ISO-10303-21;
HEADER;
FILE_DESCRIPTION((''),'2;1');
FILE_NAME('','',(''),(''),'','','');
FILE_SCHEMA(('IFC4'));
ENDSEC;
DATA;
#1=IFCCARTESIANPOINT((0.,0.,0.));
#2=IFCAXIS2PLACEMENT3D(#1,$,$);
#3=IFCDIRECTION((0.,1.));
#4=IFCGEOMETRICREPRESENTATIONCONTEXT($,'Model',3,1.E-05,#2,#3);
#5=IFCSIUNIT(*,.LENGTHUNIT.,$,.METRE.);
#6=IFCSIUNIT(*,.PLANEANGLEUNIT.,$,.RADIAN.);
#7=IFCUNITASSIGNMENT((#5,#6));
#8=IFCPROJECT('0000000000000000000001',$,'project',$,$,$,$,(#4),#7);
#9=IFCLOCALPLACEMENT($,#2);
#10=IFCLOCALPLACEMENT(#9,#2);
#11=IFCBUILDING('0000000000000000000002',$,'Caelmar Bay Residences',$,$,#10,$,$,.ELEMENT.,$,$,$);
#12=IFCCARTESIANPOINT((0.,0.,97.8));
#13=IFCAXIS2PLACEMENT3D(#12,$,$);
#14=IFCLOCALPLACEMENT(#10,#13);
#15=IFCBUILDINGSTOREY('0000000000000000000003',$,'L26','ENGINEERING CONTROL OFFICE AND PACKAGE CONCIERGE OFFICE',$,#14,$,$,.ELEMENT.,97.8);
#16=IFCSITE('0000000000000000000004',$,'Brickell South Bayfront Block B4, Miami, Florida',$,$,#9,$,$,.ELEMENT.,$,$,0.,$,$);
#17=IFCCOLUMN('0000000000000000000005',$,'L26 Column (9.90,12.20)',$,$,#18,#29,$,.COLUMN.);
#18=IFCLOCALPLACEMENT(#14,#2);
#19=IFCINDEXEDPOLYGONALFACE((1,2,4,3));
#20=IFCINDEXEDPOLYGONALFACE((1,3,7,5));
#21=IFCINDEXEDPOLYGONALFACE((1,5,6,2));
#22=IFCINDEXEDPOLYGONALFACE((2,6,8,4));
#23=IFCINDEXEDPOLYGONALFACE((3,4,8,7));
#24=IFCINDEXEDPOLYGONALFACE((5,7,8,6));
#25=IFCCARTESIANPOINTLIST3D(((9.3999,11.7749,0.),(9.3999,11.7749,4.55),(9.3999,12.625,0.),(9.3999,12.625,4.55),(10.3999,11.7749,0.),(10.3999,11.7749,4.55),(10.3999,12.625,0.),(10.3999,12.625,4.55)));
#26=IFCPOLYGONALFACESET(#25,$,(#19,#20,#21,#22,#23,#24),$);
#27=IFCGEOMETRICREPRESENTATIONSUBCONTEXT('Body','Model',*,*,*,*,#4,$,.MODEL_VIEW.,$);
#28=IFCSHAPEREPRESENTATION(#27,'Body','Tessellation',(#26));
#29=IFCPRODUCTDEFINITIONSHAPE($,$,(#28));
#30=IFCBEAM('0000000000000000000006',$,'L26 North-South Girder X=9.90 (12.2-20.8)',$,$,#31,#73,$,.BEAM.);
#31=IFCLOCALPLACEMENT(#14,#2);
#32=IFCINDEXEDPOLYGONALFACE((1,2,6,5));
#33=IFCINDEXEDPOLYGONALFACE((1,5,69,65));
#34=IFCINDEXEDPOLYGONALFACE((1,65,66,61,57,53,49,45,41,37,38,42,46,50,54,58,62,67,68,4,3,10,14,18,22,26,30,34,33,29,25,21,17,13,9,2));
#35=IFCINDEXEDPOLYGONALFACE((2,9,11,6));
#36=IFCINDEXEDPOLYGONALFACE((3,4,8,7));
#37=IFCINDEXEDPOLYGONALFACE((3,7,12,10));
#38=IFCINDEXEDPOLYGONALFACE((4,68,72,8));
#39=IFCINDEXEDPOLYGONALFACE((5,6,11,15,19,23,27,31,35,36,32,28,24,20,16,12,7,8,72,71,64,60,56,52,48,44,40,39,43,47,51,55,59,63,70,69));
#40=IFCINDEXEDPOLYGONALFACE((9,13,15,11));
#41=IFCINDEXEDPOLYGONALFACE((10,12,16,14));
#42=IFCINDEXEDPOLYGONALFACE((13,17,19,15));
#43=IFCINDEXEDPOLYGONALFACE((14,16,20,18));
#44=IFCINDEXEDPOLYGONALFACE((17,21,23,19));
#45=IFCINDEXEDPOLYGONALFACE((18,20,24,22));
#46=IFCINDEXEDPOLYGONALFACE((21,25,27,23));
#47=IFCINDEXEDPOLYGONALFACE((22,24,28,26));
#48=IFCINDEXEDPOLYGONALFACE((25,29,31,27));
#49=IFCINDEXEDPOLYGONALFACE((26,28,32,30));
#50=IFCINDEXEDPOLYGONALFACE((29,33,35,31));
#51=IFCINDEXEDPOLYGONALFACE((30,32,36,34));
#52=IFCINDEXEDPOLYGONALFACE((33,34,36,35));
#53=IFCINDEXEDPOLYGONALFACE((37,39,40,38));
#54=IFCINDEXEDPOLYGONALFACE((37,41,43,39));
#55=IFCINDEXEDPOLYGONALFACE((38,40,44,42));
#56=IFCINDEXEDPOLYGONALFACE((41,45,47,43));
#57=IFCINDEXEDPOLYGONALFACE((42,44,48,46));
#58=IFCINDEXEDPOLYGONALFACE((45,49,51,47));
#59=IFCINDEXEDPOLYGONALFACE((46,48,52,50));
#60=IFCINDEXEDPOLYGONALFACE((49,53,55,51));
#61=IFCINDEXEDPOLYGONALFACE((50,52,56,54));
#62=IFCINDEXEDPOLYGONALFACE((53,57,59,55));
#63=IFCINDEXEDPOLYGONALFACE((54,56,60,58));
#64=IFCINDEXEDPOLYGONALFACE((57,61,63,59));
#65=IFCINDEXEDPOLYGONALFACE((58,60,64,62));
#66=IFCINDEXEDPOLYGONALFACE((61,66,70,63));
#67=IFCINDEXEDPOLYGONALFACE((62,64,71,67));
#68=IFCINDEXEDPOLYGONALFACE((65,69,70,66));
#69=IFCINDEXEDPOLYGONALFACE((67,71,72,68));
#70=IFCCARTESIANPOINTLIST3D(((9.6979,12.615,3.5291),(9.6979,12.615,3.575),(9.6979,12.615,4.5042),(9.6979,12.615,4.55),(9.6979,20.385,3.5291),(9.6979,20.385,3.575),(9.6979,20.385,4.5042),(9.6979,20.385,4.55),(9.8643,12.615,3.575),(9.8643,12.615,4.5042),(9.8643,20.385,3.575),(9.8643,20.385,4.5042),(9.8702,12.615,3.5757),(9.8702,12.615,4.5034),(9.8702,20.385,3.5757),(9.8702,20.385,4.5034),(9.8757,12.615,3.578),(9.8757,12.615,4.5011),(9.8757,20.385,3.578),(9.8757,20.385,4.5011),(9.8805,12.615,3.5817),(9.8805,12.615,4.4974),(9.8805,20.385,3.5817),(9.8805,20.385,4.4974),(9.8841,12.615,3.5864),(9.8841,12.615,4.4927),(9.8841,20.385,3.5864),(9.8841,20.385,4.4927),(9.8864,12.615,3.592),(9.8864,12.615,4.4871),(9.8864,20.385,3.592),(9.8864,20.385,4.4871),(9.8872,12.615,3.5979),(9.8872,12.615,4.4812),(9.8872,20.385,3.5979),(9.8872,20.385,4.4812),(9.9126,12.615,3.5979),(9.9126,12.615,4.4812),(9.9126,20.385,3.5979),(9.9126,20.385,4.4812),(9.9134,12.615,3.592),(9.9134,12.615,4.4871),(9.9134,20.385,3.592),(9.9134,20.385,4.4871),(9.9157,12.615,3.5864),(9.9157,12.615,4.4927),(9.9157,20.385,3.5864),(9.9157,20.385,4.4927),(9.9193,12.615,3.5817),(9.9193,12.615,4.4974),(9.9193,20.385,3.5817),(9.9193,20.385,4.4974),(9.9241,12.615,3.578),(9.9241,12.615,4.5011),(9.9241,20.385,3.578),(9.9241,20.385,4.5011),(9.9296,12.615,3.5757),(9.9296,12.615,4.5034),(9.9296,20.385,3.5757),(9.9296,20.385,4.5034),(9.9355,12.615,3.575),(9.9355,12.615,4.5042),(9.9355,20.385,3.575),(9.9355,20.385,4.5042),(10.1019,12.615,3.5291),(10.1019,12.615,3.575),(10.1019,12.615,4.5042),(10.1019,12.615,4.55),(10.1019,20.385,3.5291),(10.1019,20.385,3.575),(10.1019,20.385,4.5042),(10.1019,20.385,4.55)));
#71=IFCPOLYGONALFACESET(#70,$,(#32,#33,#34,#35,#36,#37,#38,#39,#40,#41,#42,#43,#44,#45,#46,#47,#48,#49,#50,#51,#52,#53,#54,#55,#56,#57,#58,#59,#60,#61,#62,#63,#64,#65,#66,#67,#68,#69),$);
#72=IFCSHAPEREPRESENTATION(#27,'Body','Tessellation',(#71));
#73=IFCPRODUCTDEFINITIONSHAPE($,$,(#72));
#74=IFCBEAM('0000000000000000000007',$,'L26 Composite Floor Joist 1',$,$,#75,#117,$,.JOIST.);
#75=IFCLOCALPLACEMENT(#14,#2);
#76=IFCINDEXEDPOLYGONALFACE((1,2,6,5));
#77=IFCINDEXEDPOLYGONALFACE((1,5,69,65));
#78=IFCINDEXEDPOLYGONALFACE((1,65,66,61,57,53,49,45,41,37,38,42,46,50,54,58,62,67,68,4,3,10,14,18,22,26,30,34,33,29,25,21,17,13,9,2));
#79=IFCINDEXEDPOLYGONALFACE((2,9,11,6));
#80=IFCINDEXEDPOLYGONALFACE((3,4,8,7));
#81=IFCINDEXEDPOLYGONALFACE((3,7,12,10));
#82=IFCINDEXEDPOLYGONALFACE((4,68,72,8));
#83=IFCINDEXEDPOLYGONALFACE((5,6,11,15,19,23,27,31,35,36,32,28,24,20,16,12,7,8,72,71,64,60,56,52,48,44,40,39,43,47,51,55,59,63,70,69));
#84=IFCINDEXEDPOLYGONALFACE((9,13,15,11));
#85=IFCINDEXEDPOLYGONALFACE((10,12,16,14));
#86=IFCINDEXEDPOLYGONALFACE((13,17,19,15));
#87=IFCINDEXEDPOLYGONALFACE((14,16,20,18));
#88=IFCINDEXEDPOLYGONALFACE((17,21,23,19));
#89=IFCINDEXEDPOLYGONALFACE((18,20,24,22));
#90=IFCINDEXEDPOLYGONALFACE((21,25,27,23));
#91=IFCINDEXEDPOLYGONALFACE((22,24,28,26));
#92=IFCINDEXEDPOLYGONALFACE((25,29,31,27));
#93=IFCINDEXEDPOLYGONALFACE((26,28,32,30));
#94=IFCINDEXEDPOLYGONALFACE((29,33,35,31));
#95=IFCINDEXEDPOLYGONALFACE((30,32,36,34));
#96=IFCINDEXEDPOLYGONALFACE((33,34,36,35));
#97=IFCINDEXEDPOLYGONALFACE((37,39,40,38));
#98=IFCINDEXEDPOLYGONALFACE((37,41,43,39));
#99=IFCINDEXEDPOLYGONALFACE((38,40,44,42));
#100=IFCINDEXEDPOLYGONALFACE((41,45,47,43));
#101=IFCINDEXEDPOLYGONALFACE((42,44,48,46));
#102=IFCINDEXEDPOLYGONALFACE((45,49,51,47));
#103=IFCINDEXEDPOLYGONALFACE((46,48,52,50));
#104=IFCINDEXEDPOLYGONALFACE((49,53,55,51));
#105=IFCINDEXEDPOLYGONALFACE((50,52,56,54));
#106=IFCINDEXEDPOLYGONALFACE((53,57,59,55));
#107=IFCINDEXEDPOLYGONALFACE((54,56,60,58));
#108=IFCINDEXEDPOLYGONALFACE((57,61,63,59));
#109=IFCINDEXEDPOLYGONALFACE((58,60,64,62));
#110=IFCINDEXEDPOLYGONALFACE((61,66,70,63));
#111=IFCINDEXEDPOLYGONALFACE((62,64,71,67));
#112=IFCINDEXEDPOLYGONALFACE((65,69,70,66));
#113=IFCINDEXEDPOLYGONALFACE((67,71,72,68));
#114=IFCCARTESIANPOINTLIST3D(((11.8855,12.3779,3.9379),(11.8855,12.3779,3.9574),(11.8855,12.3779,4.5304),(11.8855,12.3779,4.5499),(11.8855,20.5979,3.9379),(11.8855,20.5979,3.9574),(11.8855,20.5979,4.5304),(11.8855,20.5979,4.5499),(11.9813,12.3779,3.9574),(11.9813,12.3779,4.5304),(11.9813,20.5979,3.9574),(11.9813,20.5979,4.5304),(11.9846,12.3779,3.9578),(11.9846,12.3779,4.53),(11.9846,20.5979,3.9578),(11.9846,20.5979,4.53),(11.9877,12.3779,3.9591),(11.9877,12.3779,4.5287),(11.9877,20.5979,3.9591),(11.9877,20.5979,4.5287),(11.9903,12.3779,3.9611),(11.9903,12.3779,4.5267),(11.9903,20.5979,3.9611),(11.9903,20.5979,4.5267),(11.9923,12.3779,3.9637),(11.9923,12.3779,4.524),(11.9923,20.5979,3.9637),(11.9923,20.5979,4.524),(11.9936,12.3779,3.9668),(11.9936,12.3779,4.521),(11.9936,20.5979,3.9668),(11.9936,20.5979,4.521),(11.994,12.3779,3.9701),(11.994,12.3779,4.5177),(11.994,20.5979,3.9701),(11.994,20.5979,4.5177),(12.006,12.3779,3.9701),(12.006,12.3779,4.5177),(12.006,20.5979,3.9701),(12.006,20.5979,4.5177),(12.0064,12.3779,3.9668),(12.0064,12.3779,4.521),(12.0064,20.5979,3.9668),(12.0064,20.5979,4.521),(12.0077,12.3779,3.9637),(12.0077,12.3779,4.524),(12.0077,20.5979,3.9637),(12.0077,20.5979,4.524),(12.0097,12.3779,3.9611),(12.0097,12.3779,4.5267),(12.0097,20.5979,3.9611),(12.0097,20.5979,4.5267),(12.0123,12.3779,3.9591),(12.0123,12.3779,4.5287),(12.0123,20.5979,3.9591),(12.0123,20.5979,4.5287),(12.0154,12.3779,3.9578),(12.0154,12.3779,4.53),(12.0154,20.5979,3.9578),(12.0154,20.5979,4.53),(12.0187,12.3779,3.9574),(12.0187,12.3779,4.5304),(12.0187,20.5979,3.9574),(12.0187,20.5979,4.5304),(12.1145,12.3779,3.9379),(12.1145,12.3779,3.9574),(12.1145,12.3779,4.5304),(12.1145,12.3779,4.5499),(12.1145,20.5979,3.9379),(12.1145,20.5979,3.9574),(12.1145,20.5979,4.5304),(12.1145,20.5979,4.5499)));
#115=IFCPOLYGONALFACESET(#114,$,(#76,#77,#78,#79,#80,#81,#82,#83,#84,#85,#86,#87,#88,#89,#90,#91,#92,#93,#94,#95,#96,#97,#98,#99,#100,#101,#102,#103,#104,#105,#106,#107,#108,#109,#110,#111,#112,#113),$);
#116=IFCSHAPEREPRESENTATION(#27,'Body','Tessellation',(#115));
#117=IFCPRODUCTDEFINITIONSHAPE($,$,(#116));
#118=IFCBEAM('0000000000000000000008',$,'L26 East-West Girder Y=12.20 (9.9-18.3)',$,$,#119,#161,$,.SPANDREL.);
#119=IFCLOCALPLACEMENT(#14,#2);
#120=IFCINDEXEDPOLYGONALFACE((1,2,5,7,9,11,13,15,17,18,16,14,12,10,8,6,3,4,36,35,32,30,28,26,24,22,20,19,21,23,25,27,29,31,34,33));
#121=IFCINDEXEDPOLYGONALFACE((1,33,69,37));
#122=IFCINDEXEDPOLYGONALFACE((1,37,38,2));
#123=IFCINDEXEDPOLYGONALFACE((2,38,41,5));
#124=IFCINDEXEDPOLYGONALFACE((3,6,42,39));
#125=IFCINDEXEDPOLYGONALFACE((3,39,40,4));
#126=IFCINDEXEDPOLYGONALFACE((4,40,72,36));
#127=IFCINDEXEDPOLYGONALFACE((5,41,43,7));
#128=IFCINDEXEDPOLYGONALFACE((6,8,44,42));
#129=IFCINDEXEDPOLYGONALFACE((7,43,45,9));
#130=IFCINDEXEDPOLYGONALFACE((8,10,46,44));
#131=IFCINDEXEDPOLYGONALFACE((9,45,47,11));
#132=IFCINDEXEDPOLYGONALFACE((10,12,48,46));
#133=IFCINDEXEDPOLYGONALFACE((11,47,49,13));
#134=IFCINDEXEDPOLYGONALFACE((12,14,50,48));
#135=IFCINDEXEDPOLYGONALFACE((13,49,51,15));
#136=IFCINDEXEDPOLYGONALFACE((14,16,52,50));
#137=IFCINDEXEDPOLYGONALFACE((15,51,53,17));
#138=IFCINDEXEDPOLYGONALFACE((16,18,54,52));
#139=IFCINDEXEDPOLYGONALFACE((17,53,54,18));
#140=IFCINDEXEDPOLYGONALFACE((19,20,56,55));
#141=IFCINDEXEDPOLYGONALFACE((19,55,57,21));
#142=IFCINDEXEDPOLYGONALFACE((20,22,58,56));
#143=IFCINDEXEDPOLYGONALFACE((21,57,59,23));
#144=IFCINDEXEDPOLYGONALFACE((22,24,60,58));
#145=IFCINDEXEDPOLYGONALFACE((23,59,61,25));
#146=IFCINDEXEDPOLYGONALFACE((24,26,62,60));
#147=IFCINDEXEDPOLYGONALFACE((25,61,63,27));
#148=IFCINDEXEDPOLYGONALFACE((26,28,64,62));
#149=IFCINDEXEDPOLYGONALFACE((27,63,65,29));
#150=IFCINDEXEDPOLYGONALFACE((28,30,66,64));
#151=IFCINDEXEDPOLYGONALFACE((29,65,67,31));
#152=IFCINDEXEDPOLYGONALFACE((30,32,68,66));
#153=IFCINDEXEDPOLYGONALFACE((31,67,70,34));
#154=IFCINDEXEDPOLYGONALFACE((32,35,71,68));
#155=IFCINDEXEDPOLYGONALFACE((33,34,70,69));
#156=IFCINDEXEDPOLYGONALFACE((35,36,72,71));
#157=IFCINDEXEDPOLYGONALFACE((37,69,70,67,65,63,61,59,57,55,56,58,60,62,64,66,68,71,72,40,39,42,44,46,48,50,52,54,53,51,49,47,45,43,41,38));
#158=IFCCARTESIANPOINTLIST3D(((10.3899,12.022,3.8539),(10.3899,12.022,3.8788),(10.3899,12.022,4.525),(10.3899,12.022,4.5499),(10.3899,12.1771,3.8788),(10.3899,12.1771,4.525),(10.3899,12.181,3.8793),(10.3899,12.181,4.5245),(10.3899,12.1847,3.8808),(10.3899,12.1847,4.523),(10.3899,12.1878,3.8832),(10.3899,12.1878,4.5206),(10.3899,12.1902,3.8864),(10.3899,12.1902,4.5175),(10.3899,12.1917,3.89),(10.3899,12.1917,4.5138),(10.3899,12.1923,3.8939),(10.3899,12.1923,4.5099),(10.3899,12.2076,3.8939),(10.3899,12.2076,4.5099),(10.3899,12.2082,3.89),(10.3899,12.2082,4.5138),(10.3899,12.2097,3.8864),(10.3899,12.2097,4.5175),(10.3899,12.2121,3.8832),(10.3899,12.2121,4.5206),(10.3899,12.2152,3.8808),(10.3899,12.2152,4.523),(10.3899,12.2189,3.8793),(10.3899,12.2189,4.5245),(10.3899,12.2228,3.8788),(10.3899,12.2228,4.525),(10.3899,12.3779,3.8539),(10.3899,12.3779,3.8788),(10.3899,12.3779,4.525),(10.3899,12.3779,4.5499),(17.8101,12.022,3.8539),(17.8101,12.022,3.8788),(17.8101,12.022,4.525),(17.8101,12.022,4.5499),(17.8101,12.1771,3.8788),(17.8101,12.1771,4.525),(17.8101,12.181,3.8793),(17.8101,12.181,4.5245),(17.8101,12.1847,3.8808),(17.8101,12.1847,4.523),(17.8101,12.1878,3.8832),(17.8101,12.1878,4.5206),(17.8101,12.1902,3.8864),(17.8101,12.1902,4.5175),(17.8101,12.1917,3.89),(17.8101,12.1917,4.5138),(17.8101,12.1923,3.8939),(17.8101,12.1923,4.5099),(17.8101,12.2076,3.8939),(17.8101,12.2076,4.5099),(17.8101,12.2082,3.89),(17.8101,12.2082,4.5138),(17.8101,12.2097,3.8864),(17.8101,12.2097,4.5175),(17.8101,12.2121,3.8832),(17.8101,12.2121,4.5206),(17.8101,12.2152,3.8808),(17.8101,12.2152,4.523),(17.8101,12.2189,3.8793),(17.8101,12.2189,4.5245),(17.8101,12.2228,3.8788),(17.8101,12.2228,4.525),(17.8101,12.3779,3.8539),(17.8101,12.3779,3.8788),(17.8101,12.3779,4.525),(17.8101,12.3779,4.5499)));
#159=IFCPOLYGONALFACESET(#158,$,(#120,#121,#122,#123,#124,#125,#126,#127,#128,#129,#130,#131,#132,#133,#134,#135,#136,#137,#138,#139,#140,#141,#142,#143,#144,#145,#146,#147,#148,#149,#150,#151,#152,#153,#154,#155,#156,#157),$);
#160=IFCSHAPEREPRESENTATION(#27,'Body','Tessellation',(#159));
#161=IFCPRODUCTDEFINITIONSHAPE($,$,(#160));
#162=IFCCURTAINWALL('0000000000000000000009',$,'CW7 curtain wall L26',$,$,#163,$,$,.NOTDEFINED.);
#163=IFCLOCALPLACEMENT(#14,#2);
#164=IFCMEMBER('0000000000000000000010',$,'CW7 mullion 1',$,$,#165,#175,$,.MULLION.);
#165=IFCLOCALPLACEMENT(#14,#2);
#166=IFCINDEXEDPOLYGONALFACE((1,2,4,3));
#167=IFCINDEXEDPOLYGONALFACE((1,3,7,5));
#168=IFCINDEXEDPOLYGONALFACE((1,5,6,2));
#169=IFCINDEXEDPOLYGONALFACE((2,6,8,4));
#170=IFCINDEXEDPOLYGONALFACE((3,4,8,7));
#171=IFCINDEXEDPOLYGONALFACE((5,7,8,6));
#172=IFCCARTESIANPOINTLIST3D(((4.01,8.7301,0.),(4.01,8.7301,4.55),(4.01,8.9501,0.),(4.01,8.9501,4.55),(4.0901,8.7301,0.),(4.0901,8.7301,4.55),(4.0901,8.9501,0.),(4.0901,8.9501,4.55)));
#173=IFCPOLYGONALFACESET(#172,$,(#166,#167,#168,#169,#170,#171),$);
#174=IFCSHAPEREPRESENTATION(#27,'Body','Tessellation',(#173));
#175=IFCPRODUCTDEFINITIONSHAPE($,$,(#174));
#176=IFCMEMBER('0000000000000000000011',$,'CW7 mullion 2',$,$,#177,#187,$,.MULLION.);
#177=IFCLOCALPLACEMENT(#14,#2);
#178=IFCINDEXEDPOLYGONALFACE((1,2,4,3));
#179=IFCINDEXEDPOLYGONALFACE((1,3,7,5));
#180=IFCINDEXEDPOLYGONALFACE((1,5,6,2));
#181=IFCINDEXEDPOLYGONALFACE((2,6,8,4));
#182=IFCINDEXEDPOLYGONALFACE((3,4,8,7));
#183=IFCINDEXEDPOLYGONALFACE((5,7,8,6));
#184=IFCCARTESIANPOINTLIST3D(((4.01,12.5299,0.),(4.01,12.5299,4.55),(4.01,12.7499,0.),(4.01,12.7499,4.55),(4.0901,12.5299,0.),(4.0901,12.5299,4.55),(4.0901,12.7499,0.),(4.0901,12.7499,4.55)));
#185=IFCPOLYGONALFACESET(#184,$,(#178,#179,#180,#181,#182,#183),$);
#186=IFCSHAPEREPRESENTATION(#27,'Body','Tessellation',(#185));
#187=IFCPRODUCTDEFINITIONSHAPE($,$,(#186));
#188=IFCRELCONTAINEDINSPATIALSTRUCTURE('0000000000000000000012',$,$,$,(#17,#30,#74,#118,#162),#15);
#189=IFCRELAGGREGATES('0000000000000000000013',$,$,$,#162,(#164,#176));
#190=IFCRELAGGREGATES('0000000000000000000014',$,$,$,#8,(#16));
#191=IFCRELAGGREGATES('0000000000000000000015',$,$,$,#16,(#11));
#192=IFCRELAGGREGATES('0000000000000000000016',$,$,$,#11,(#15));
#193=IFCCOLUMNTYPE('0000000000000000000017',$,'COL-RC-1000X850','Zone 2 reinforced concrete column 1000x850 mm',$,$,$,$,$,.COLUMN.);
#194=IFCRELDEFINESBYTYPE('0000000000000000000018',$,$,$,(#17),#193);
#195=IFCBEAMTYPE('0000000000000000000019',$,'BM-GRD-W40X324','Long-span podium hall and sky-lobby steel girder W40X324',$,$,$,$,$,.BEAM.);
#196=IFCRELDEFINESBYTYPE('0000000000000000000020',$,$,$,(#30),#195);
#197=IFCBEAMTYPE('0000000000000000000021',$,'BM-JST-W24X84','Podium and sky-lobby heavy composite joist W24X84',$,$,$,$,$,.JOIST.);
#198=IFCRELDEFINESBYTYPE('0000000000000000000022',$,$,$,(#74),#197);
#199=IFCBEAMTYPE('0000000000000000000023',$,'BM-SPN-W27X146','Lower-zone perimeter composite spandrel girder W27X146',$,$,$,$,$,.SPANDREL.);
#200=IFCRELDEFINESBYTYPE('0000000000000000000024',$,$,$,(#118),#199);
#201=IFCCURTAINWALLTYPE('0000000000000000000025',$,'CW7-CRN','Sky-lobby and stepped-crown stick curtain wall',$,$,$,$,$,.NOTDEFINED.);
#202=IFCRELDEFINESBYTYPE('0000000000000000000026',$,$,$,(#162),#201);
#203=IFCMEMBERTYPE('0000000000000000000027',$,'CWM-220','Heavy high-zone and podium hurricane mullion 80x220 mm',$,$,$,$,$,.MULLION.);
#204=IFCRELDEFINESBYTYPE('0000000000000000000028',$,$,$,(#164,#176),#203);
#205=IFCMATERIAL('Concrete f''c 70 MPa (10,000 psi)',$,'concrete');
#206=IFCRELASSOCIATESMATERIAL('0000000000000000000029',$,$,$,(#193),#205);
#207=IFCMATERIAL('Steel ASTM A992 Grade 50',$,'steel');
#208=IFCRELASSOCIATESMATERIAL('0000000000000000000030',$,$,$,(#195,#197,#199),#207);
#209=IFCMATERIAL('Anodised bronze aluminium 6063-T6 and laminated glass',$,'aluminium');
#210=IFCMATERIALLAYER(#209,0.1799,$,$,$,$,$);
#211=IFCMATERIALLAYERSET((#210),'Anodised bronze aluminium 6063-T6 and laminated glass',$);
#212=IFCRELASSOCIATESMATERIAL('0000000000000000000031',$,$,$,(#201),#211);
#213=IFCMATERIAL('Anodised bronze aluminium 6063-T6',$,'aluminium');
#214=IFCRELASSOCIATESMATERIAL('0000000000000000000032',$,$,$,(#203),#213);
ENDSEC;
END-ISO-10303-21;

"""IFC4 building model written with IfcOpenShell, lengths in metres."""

from ifc_helpers import new_model, si_unit, direction, frame, origin, origin_2d, place, context, subcontext, project, spatial, rectangle, i_section, extrude, material, layer, layer_set, material_profile, profile_set, type_object, element, aggregate, save


model = new_model("IFC4")

# Units and contexts
model_context = context("Model", 3, precision=1e-05, world=origin(), true_north=direction((0.0, 1.0)))
body_context = subcontext(model_context, "Body", "Model", "MODEL_VIEW")
ifc_project = project(units=[si_unit("LENGTHUNIT", "METRE"), si_unit("PLANEANGLEUNIT", "RADIAN")], contexts=[model_context])

# Site, building, storey
site_placement = place(None, origin())
site = spatial("IfcSite", under=ifc_project, at=site_placement, Name="Brickell South Bayfront Block B4, Miami, Florida", CompositionType="ELEMENT", RefElevation=0.0)
building_placement = place(site_placement, origin())
building = spatial("IfcBuilding", under=site, at=building_placement, Name="Caelmar Bay Residences", CompositionType="ELEMENT")
storey_placement = place(building_placement, frame((0.0, 0.0, 97.8)))
storey = spatial("IfcBuildingStorey", under=building, at=storey_placement, Name="L26", Description="ENGINEERING CONTROL OFFICE AND PACKAGE CONCIERGE OFFICE", CompositionType="ELEMENT", Elevation=97.8)

# Column
ifc_material_1 = material(Name="Concrete f'c 70 MPa (10,000 psi)", Category="concrete")
ifc_material_profile_1 = material_profile(ifc_material_1, rectangle(XDim=1.0, YDim=0.8501, at=origin_2d()), Name="RC-COL-1000X850")
ifc_profile_set_1 = profile_set([ifc_material_profile_1], Name="Concrete f'c 70 MPa (10,000 psi)")
column_type = type_object("IfcColumnType", Name="COL-RC-1000X850", Description="Zone 2 reinforced concrete column 1000x850 mm", PredefinedType="COLUMN", material=ifc_profile_set_1)
column_placement = place(storey_placement, frame((9.8999, 12.2, 0.0), z_axis=(0.0, 0.0, 1.0), x_axis=(1.0, 0.0, 0.0)))
element("IfcColumn", 1, at=column_placement, inside=storey, type_object=column_type, Name="L26 Column (9.90,12.20)", PredefinedType="COLUMN", context=body_context, shape_type="SweptSolid", body=[
    extrude(rectangle(XDim=1.0, YDim=0.8501, at=origin_2d()), origin(), (0.0, 0.0, 1.0), 4.55),
])

# Beams
ifc_material_2 = material(Name="Steel ASTM A992 Grade 50", Category="steel")
ifc_material_profile_2 = material_profile(ifc_material_2, i_section(OverallWidth=0.4041, OverallDepth=1.021, WebThickness=0.0254, FlangeThickness=0.0459, FilletRadius=0.0229, at=origin_2d()), Name="W40X324")
ifc_profile_set_2 = profile_set([ifc_material_profile_2], Name="Steel ASTM A992 Grade 50")
beam_type_1 = type_object("IfcBeamType", Name="BM-GRD-W40X324", Description="Long-span podium hall and sky-lobby steel girder W40X324", PredefinedType="BEAM", material=ifc_profile_set_2)
beam_1_placement = place(storey_placement, frame((9.8999, 12.615, 4.0396), z_axis=(0.0, 1.0, 0.0), x_axis=(-1.0, 0.0, 0.0)))
element("IfcBeam", 2, at=beam_1_placement, inside=storey, type_object=beam_type_1, Name="L26 North-South Girder X=9.90 (12.2-20.8)", PredefinedType="BEAM", context=body_context, shape_type="SweptSolid", body=[
    extrude(i_section(OverallWidth=0.4041, OverallDepth=1.021, WebThickness=0.0254, FlangeThickness=0.0459, FilletRadius=0.0229, at=origin_2d()), origin(), (0.0, 0.0, 1.0), 7.77),
])
ifc_material_profile_3 = material_profile(ifc_material_2, i_section(OverallWidth=0.229, OverallDepth=0.6121, WebThickness=0.012, FlangeThickness=0.0195, FilletRadius=0.0127, at=origin_2d()), Name="W24X84")
ifc_profile_set_3 = profile_set([ifc_material_profile_3], Name="Steel ASTM A992 Grade 50")
beam_type_2 = type_object("IfcBeamType", Name="BM-JST-W24X84", Description="Podium and sky-lobby heavy composite joist W24X84", PredefinedType="JOIST", material=ifc_profile_set_3)
beam_2_placement = place(storey_placement, frame((12.0, 12.3779, 4.2439), z_axis=(0.0, 1.0, 0.0), x_axis=(-1.0, 0.0, 0.0)))
element("IfcBeam", 3, at=beam_2_placement, inside=storey, type_object=beam_type_2, Name="L26 Composite Floor Joist 1", PredefinedType="JOIST", context=body_context, shape_type="SweptSolid", body=[
    extrude(i_section(OverallWidth=0.229, OverallDepth=0.6121, WebThickness=0.012, FlangeThickness=0.0195, FilletRadius=0.0127, at=origin_2d()), origin(), (0.0, 0.0, 1.0), 8.22),
])
ifc_material_profile_4 = material_profile(ifc_material_2, i_section(OverallWidth=0.356, OverallDepth=0.696, WebThickness=0.0154, FlangeThickness=0.0249, FilletRadius=0.0151, at=origin_2d()), Name="W27X146")
ifc_profile_set_4 = profile_set([ifc_material_profile_4], Name="Steel ASTM A992 Grade 50")
beam_type_3 = type_object("IfcBeamType", Name="BM-SPN-W27X146", Description="Lower-zone perimeter composite spandrel girder W27X146", PredefinedType="SPANDREL", material=ifc_profile_set_4)
beam_3_placement = place(storey_placement, frame((10.3899, 12.2, 4.2019), z_axis=(1.0, 0.0, 0.0), x_axis=(0.0, 1.0, 0.0)))
element("IfcBeam", 4, at=beam_3_placement, inside=storey, type_object=beam_type_3, Name="L26 East-West Girder Y=12.20 (9.9-18.3)", PredefinedType="SPANDREL", context=body_context, shape_type="SweptSolid", body=[
    extrude(i_section(OverallWidth=0.356, OverallDepth=0.696, WebThickness=0.0154, FlangeThickness=0.0249, FilletRadius=0.0151, at=origin_2d()), origin(), (0.0, 0.0, 1.0), 7.4202),
])

# Curtain wall, members
ifc_material_3 = material(Name="Anodised bronze aluminium 6063-T6 and laminated glass", Category="aluminium")
ifc_layer_1 = layer(ifc_material_3, 0.1799)
ifc_layer_set_1 = layer_set([ifc_layer_1], Name="Anodised bronze aluminium 6063-T6 and laminated glass")
curtain_wall_type = type_object("IfcCurtainWallType", Name="CW7-CRN", Description="Sky-lobby and stepped-crown stick curtain wall", PredefinedType="NOTDEFINED", material=ifc_layer_set_1)
curtain_wall_placement = place(storey_placement, origin())
curtain_wall = element("IfcCurtainWall", 5, at=curtain_wall_placement, inside=storey, type_object=curtain_wall_type, Name="CW7 curtain wall L26", PredefinedType="NOTDEFINED")
ifc_material_4 = material(Name="Anodised bronze aluminium 6063-T6", Category="aluminium")
ifc_material_profile_5 = material_profile(ifc_material_4, rectangle(XDim=0.0801, YDim=0.22, at=origin_2d()), Name="CWM-80X220")
ifc_profile_set_5 = profile_set([ifc_material_profile_5], Name="Anodised bronze aluminium 6063-T6")
member_type_1 = type_object("IfcMemberType", Name="CWM-220", Description="Heavy high-zone and podium hurricane mullion 80x220 mm", PredefinedType="MULLION", material=ifc_profile_set_5)
member_1_placement = place(storey_placement, frame((4.05, 8.8401, 0.0), z_axis=(0.0, 0.0, 1.0), x_axis=(-1.0, 0.0, 0.0)))
member_1 = element("IfcMember", 6, at=member_1_placement, type_object=member_type_1, Name="CW7 mullion 1", PredefinedType="MULLION", context=body_context, shape_type="SweptSolid", body=[
    extrude(rectangle(XDim=0.0801, YDim=0.22, at=origin_2d()), origin(), (0.0, 0.0, 1.0), 4.55),
])
member_2_placement = place(storey_placement, frame((4.05, 12.6399, 0.0), z_axis=(0.0, 0.0, 1.0), x_axis=(-1.0, 0.0, 0.0)))
member_2 = element("IfcMember", 7, at=member_2_placement, type_object=member_type_1, Name="CW7 mullion 2", PredefinedType="MULLION", context=body_context, shape_type="SweptSolid", body=[
    extrude(rectangle(XDim=0.0801, YDim=0.22, at=origin_2d()), origin(), (0.0, 0.0, 1.0), 4.55),
])
aggregate(curtain_wall, [member_1, member_2])

save(model, "model.ifc")
